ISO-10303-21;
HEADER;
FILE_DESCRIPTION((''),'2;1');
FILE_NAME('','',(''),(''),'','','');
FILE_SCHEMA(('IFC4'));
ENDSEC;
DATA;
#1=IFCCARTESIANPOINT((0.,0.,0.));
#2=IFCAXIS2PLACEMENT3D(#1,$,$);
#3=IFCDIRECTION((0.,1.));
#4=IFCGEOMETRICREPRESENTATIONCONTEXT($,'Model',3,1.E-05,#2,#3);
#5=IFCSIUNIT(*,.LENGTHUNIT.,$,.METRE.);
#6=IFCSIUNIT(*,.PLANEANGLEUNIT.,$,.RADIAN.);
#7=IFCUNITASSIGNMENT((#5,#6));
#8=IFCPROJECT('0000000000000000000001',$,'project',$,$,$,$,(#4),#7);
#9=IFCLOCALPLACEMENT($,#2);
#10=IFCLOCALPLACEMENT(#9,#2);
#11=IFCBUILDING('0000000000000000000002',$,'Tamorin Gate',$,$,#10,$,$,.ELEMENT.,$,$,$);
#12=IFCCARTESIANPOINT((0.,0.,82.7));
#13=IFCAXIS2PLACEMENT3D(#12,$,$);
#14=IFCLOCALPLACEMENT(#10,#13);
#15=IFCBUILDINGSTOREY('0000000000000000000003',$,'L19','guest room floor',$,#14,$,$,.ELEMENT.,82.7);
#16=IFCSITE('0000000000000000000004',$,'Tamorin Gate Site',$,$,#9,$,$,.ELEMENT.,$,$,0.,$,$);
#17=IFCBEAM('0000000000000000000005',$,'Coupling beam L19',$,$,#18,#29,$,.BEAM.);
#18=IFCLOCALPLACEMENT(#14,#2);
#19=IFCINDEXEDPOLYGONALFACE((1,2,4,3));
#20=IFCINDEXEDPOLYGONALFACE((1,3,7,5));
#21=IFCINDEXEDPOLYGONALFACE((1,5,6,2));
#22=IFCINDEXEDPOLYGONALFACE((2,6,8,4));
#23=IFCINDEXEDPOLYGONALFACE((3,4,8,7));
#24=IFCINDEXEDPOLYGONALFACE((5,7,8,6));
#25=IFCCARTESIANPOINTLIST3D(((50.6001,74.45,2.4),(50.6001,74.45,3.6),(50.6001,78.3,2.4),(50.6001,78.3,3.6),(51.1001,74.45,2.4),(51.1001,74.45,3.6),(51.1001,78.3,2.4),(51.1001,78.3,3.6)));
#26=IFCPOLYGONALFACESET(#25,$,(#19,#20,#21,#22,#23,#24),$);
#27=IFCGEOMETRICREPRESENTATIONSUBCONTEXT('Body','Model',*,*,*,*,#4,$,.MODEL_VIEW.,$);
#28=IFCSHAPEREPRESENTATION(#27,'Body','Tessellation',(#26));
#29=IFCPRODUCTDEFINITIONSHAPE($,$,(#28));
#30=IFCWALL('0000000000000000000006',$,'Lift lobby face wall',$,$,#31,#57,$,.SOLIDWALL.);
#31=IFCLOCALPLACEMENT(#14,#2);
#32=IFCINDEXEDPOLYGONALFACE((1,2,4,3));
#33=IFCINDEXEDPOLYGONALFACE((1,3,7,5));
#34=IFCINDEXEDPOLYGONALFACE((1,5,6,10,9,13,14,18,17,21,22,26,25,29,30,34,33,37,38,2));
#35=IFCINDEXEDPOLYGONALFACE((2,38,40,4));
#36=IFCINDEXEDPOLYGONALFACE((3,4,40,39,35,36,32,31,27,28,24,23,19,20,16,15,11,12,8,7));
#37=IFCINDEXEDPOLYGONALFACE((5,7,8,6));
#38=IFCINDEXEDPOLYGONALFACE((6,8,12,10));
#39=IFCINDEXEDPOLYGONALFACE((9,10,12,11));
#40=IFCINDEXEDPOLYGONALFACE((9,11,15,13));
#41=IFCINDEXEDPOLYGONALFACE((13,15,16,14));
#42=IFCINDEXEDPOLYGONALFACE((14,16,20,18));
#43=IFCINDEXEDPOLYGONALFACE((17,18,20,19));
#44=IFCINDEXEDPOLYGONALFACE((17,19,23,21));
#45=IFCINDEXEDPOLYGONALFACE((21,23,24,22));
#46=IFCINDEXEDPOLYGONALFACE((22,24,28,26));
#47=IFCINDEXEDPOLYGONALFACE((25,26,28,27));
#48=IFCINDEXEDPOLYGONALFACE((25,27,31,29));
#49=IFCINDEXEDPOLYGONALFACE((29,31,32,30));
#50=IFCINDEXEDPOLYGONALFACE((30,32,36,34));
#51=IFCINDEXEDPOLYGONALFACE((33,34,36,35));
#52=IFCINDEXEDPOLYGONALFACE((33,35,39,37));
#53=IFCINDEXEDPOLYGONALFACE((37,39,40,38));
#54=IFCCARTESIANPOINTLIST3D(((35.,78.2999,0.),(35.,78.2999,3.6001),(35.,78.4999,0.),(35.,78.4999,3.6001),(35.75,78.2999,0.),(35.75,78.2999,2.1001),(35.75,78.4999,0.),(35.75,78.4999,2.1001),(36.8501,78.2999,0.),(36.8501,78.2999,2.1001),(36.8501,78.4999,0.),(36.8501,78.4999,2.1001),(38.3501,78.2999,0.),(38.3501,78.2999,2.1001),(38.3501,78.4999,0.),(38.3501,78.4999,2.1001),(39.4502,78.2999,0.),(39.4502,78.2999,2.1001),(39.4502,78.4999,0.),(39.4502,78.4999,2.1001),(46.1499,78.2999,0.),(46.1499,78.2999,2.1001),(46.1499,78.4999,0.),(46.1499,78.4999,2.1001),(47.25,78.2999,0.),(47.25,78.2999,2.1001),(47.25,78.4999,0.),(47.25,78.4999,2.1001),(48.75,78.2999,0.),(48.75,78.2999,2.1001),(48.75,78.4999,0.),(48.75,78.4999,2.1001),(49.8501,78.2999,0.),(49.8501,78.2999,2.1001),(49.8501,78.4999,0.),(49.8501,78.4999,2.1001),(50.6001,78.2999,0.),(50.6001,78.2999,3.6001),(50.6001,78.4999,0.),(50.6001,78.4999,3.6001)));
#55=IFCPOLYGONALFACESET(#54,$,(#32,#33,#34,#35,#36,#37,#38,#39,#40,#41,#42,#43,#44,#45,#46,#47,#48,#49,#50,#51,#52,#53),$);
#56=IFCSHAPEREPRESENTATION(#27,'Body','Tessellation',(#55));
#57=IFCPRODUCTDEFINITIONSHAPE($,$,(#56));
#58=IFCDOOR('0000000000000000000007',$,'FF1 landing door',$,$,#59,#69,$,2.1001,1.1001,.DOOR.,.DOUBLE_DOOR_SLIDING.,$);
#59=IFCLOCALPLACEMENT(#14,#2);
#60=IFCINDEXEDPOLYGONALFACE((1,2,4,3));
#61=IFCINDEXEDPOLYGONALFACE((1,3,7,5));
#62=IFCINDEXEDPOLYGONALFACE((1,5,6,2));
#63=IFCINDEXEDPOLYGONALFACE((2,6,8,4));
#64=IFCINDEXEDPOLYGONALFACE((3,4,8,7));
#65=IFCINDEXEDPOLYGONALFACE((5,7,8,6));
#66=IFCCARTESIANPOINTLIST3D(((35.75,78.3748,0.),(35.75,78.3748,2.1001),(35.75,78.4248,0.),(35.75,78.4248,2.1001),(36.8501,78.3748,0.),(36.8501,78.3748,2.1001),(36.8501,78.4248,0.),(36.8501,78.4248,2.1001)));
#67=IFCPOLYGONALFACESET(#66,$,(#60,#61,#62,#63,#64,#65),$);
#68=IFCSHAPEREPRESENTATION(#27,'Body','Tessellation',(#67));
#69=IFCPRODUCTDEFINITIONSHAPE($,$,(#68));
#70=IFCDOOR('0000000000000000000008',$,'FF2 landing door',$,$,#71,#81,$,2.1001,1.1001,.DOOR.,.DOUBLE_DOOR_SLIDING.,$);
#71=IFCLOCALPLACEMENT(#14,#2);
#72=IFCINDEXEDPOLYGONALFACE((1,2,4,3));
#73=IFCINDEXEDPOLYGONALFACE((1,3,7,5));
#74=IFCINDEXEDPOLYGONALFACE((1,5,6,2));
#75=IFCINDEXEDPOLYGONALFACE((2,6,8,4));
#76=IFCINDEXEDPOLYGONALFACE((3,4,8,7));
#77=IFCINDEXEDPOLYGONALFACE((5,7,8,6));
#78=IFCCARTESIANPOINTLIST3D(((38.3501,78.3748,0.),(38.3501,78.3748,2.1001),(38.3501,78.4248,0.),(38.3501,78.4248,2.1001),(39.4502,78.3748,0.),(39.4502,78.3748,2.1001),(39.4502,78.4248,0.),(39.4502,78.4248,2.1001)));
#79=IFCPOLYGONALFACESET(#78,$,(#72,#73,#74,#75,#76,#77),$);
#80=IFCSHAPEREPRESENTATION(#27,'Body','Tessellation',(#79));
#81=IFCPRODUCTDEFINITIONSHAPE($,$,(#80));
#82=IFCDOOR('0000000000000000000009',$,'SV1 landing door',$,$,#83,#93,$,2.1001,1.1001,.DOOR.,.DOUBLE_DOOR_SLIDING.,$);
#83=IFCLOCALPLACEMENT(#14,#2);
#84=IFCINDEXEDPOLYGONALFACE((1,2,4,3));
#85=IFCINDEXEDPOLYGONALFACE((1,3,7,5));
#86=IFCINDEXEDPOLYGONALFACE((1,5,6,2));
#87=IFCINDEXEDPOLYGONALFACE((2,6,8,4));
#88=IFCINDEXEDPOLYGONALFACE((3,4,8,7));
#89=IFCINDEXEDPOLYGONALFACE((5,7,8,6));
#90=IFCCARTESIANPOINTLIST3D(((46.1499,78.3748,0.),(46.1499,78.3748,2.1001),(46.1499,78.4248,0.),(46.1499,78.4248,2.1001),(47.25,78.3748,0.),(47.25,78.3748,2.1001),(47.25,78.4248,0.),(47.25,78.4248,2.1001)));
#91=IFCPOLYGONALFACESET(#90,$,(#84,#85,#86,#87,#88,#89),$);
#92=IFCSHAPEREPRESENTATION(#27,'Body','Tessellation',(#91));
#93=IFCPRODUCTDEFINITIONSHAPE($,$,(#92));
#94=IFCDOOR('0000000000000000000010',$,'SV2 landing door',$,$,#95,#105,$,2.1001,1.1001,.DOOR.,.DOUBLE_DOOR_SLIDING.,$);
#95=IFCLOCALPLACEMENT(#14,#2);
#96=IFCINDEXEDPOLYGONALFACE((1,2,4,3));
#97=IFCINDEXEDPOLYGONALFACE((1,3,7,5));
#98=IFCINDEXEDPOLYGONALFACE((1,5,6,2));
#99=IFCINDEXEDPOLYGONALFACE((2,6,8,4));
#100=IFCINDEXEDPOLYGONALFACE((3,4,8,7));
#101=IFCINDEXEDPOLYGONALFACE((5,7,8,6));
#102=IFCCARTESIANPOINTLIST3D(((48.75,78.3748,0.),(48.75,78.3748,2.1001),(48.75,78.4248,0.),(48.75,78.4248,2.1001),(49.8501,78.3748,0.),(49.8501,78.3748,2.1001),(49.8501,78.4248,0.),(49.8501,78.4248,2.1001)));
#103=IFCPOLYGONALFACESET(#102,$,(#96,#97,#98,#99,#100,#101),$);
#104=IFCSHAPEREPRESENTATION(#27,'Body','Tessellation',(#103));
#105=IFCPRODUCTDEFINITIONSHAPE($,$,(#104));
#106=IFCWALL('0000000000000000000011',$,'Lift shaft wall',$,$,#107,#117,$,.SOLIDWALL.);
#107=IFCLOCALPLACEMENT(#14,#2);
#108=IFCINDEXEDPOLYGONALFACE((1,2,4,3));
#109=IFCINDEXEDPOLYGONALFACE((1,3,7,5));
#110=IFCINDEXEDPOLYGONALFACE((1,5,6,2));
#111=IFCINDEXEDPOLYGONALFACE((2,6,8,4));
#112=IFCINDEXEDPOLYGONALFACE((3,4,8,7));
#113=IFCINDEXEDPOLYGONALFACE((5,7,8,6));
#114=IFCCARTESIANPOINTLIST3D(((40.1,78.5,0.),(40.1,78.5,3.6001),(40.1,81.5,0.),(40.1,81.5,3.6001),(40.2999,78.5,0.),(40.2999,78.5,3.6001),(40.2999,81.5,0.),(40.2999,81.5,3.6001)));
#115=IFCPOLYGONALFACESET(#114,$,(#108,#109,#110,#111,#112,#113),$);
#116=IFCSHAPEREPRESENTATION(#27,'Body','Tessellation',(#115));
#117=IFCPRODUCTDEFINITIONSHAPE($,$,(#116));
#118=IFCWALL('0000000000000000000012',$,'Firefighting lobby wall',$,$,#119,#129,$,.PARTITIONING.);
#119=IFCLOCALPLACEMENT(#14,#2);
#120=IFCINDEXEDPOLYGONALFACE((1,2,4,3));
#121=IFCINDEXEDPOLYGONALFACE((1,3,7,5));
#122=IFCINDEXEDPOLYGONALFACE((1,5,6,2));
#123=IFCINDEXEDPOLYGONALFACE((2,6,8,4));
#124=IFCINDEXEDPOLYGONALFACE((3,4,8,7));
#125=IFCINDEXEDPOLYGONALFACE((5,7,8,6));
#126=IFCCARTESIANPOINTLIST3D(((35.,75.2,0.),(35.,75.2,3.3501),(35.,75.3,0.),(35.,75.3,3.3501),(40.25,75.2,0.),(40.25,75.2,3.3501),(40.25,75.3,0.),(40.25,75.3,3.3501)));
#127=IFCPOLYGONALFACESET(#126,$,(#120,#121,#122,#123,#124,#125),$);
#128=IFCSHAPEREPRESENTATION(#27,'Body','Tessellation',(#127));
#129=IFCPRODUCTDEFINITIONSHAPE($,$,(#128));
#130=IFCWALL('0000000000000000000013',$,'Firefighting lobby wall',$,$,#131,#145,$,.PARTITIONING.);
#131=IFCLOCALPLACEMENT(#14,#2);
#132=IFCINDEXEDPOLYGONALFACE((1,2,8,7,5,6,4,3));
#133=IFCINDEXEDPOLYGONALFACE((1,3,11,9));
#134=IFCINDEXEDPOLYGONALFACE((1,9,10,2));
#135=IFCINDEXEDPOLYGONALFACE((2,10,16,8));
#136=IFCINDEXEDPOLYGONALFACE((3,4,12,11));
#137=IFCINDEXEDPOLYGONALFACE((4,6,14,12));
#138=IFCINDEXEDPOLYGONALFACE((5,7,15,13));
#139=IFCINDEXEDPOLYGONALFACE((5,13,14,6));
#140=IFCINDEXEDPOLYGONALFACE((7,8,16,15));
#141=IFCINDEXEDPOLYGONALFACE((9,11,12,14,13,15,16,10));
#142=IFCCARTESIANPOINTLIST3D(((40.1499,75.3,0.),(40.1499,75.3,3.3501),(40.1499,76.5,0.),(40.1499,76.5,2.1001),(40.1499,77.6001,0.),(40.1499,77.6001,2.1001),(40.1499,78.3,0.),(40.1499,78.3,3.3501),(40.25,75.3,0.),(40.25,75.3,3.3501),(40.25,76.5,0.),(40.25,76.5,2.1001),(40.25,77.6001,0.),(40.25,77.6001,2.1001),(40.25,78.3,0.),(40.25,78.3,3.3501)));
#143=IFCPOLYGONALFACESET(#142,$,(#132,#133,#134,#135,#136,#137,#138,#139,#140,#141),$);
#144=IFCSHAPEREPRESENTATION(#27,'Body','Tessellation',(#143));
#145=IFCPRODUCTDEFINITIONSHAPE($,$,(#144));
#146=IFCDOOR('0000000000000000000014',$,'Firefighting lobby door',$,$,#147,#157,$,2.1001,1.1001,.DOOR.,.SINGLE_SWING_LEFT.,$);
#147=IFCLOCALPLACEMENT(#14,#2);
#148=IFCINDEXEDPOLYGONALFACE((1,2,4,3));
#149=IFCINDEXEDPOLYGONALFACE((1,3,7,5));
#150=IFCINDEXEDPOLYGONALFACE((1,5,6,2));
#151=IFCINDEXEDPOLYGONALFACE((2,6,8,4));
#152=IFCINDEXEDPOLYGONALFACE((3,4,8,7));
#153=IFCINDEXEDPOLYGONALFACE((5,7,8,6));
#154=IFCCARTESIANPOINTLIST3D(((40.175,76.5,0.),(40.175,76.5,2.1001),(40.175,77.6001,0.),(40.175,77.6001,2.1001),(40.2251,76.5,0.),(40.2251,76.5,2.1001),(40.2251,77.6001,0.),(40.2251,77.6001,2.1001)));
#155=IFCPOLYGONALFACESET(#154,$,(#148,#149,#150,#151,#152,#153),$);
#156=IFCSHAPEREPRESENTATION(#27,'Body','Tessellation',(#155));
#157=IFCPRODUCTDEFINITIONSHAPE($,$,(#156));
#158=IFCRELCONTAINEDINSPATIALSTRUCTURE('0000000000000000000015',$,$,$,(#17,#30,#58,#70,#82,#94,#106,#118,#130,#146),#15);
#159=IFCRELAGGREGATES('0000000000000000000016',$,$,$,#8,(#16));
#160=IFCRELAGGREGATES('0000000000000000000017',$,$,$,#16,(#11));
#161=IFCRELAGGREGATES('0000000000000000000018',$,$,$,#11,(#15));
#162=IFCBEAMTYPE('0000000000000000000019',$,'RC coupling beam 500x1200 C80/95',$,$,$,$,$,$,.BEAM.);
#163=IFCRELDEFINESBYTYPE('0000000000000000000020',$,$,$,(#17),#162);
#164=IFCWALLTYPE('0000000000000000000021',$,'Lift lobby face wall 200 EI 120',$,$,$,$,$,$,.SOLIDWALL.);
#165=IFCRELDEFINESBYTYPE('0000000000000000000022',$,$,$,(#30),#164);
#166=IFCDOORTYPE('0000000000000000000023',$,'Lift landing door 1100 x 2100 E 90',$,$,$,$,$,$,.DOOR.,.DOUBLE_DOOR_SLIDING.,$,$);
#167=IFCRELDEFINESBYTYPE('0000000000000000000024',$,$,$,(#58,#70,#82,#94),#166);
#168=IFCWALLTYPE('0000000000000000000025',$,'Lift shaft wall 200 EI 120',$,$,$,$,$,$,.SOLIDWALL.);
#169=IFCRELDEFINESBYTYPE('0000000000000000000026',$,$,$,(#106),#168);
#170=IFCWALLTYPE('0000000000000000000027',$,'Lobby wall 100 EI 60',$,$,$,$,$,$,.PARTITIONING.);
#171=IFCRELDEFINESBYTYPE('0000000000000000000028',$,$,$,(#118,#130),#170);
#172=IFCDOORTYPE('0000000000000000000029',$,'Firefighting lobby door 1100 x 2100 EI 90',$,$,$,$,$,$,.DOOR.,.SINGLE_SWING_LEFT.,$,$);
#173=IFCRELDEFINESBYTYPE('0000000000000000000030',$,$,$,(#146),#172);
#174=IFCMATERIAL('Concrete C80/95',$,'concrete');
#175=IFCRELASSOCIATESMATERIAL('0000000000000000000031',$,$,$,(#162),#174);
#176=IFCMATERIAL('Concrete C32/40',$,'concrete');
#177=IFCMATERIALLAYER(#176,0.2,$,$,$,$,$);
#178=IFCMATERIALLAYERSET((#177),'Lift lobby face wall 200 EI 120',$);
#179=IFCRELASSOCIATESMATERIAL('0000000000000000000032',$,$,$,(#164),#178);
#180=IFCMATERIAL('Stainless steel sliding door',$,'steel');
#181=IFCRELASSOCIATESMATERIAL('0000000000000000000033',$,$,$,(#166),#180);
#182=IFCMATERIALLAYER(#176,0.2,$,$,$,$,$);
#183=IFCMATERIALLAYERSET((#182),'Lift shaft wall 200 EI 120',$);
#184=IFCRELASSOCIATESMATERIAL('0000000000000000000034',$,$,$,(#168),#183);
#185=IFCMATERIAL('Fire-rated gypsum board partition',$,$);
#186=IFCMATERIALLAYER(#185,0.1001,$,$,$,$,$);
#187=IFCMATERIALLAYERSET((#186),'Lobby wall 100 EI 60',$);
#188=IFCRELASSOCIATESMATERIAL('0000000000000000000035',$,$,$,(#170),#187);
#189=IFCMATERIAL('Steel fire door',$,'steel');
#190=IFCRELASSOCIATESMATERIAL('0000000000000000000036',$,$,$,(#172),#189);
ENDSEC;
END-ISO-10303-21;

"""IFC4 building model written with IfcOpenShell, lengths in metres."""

from ifc_helpers import new_model, si_unit, direction, frame, frame_2d, origin, origin_2d, place, context, subcontext, project, spatial, rectangle, extrude, material, layer, layer_set, material_profile, profile_set, type_object, element, fill, save


model = new_model("IFC4")

# Units and contexts
model_context = context("Model", 3, precision=1e-05, world=origin(), true_north=direction((0.0, 1.0)))
body_context = subcontext(model_context, "Body", "Model", "MODEL_VIEW")
ifc_project = project(units=[si_unit("LENGTHUNIT", "METRE"), si_unit("PLANEANGLEUNIT", "RADIAN")], contexts=[model_context])

# Site, building, storey
site_placement = place(None, origin())
site = spatial("IfcSite", under=ifc_project, at=site_placement, Name="Tamorin Gate Site", CompositionType="ELEMENT", RefElevation=0.0)
building_placement = place(site_placement, origin())
building = spatial("IfcBuilding", under=site, at=building_placement, Name="Tamorin Gate", CompositionType="ELEMENT")
storey_placement = place(building_placement, frame((0.0, 0.0, 82.7)))
storey = spatial("IfcBuildingStorey", under=building, at=storey_placement, Name="L19", Description="guest room floor", CompositionType="ELEMENT", Elevation=82.7)

# Beam
ifc_material_1 = material(Name="Concrete C80/95", Category="concrete")
ifc_material_profile = material_profile(ifc_material_1, rectangle(XDim=0.5, YDim=1.2, at=origin_2d()), Name="RC 500x1200")
ifc_profile_set = profile_set([ifc_material_profile], Name="Concrete C80/95")
beam_type = type_object("IfcBeamType", Name="RC coupling beam 500x1200 C80/95", PredefinedType="BEAM", material=ifc_profile_set)
beam_placement = place(storey_placement, frame((50.8501, 74.45, 3.0), z_axis=(0.0, 1.0, 0.0), x_axis=(-1.0, 0.0, 0.0)))
element("IfcBeam", 1, at=beam_placement, inside=storey, type_object=beam_type, Name="Coupling beam L19", PredefinedType="BEAM", context=body_context, shape_type="SweptSolid", body=[
    extrude(rectangle(XDim=0.5, YDim=1.2, at=origin_2d()), origin(), (0.0, 0.0, 1.0), 3.8501),
])

# Wall, openings, doors
ifc_material_2 = material(Name="Concrete C32/40", Category="concrete")
ifc_layer_1 = layer(ifc_material_2, 0.2)
ifc_layer_set_1 = layer_set([ifc_layer_1], Name="Lift lobby face wall 200 EI 120")
wall_type_1 = type_object("IfcWallType", Name="Lift lobby face wall 200 EI 120", PredefinedType="SOLIDWALL", material=ifc_layer_set_1)
wall_1_placement = place(storey_placement, frame((35.0, 78.3999, 0.0), z_axis=(0.0, 0.0, 1.0), x_axis=(1.0, 0.0, 0.0)))
wall_1 = element("IfcWall", 2, at=wall_1_placement, inside=storey, type_object=wall_type_1, Name="Lift lobby face wall", PredefinedType="SOLIDWALL", context=body_context, shape_type="SweptSolid", body=[
    extrude(rectangle(XDim=15.6001, YDim=0.2, at=frame_2d((7.8, 0.0))), origin(), (0.0, 0.0, 1.0), 3.6001),
])
opening_1_placement = place(wall_1_placement, frame((0.75, 0.0, 0.0)))
opening_1 = element("IfcOpeningElement", 3, at=opening_1_placement, cuts=wall_1, PredefinedType="OPENING", context=body_context, shape_type="SweptSolid", body=[
    extrude(rectangle(XDim=1.1001, YDim=2.1001, at=frame_2d((0.55, 1.05))), frame((0.0, 0.1099, 0.0), z_axis=(0.0, -1.0, 0.0), x_axis=(1.0, 0.0, 0.0)), (0.0, 0.0, 1.0), 0.22),
])
opening_2_placement = place(wall_1_placement, frame((3.3501, 0.0, 0.0)))
opening_2 = element("IfcOpeningElement", 4, at=opening_2_placement, cuts=wall_1, PredefinedType="OPENING", context=body_context, shape_type="SweptSolid", body=[
    extrude(rectangle(XDim=1.1001, YDim=2.1001, at=frame_2d((0.55, 1.05))), frame((0.0, 0.1099, 0.0), z_axis=(0.0, -1.0, 0.0), x_axis=(1.0, 0.0, 0.0)), (0.0, 0.0, 1.0), 0.22),
])
opening_3_placement = place(wall_1_placement, frame((11.1499, 0.0, 0.0)))
opening_3 = element("IfcOpeningElement", 5, at=opening_3_placement, cuts=wall_1, PredefinedType="OPENING", context=body_context, shape_type="SweptSolid", body=[
    extrude(rectangle(XDim=1.1001, YDim=2.1001, at=frame_2d((0.55, 1.05))), frame((0.0, 0.1099, 0.0), z_axis=(0.0, -1.0, 0.0), x_axis=(1.0, 0.0, 0.0)), (0.0, 0.0, 1.0), 0.22),
])
opening_4_placement = place(wall_1_placement, frame((13.75, 0.0, 0.0)))
opening_4 = element("IfcOpeningElement", 6, at=opening_4_placement, cuts=wall_1, PredefinedType="OPENING", context=body_context, shape_type="SweptSolid", body=[
    extrude(rectangle(XDim=1.1001, YDim=2.1001, at=frame_2d((0.55, 1.05))), frame((0.0, 0.1099, 0.0), z_axis=(0.0, -1.0, 0.0), x_axis=(1.0, 0.0, 0.0)), (0.0, 0.0, 1.0), 0.22),
])
ifc_material_3 = material(Name="Stainless steel sliding door", Category="steel")
door_type_1 = type_object("IfcDoorType", Name="Lift landing door 1100 x 2100 E 90", OperationType="DOUBLE_DOOR_SLIDING", PredefinedType="DOOR", material=ifc_material_3)
door_1_placement = place(opening_1_placement, origin())
door_1 = element("IfcDoor", 7, at=door_1_placement, inside=storey, type_object=door_type_1, Name="FF1 landing door", OperationType="DOUBLE_DOOR_SLIDING", OverallHeight=2.1001, OverallWidth=1.1001, PredefinedType="DOOR", context=body_context, shape_type="SweptSolid", body=[
    extrude(rectangle(XDim=1.1001, YDim=2.1001, at=frame_2d((0.55, 1.05))), frame((0.0, 0.0249, 0.0), z_axis=(0.0, -1.0, 0.0), x_axis=(1.0, 0.0, 0.0)), (0.0, 0.0, 1.0), 0.05),
])
fill(opening_1, door_1)
door_2_placement = place(opening_2_placement, origin())
door_2 = element("IfcDoor", 8, at=door_2_placement, inside=storey, type_object=door_type_1, Name="FF2 landing door", OperationType="DOUBLE_DOOR_SLIDING", OverallHeight=2.1001, OverallWidth=1.1001, PredefinedType="DOOR", context=body_context, shape_type="SweptSolid", body=[
    extrude(rectangle(XDim=1.1001, YDim=2.1001, at=frame_2d((0.55, 1.05))), frame((0.0, 0.0249, 0.0), z_axis=(0.0, -1.0, 0.0), x_axis=(1.0, 0.0, 0.0)), (0.0, 0.0, 1.0), 0.05),
])
fill(opening_2, door_2)
door_3_placement = place(opening_3_placement, origin())
door_3 = element("IfcDoor", 9, at=door_3_placement, inside=storey, type_object=door_type_1, Name="SV1 landing door", OperationType="DOUBLE_DOOR_SLIDING", OverallHeight=2.1001, OverallWidth=1.1001, PredefinedType="DOOR", context=body_context, shape_type="SweptSolid", body=[
    extrude(rectangle(XDim=1.1001, YDim=2.1001, at=frame_2d((0.55, 1.05))), frame((0.0, 0.0249, 0.0), z_axis=(0.0, -1.0, 0.0), x_axis=(1.0, 0.0, 0.0)), (0.0, 0.0, 1.0), 0.05),
])
fill(opening_3, door_3)
door_4_placement = place(opening_4_placement, origin())
door_4 = element("IfcDoor", 10, at=door_4_placement, inside=storey, type_object=door_type_1, Name="SV2 landing door", OperationType="DOUBLE_DOOR_SLIDING", OverallHeight=2.1001, OverallWidth=1.1001, PredefinedType="DOOR", context=body_context, shape_type="SweptSolid", body=[
    extrude(rectangle(XDim=1.1001, YDim=2.1001, at=frame_2d((0.55, 1.05))), frame((0.0, 0.0249, 0.0), z_axis=(0.0, -1.0, 0.0), x_axis=(1.0, 0.0, 0.0)), (0.0, 0.0, 1.0), 0.05),
])
fill(opening_4, door_4)

# Walls
ifc_layer_2 = layer(ifc_material_2, 0.2)
ifc_layer_set_2 = layer_set([ifc_layer_2], Name="Lift shaft wall 200 EI 120")
wall_type_2 = type_object("IfcWallType", Name="Lift shaft wall 200 EI 120", PredefinedType="SOLIDWALL", material=ifc_layer_set_2)
wall_2_placement = place(storey_placement, frame((40.2, 78.5, 0.0), z_axis=(0.0, 0.0, 1.0), x_axis=(0.0, 1.0, 0.0)))
element("IfcWall", 11, at=wall_2_placement, inside=storey, type_object=wall_type_2, Name="Lift shaft wall", PredefinedType="SOLIDWALL", context=body_context, shape_type="SweptSolid", body=[
    extrude(rectangle(XDim=3.0, YDim=0.2, at=frame_2d((1.5, 0.0))), origin(), (0.0, 0.0, 1.0), 3.6001),
])
ifc_material_4 = material(Name="Fire-rated gypsum board partition")
ifc_layer_3 = layer(ifc_material_4, 0.1001)
ifc_layer_set_3 = layer_set([ifc_layer_3], Name="Lobby wall 100 EI 60")
wall_type_3 = type_object("IfcWallType", Name="Lobby wall 100 EI 60", PredefinedType="PARTITIONING", material=ifc_layer_set_3)
wall_3_placement = place(storey_placement, frame((35.0, 75.25, 0.0), z_axis=(0.0, 0.0, 1.0), x_axis=(1.0, 0.0, 0.0)))
element("IfcWall", 12, at=wall_3_placement, inside=storey, type_object=wall_type_3, Name="Firefighting lobby wall", PredefinedType="PARTITIONING", context=body_context, shape_type="SweptSolid", body=[
    extrude(rectangle(XDim=5.25, YDim=0.1001, at=frame_2d((2.625, 0.0))), origin(), (0.0, 0.0, 1.0), 3.3501),
])

# Wall, opening, door
wall_4_placement = place(storey_placement, frame((40.2, 75.3, 0.0), z_axis=(0.0, 0.0, 1.0), x_axis=(0.0, 1.0, 0.0)))
wall_4 = element("IfcWall", 13, at=wall_4_placement, inside=storey, type_object=wall_type_3, Name="Firefighting lobby wall", PredefinedType="PARTITIONING", context=body_context, shape_type="SweptSolid", body=[
    extrude(rectangle(XDim=3.0, YDim=0.1001, at=frame_2d((1.5, 0.0))), origin(), (0.0, 0.0, 1.0), 3.3501),
])
opening_5_placement = place(wall_4_placement, frame((1.2, 0.0, 0.0)))
opening_5 = element("IfcOpeningElement", 14, at=opening_5_placement, cuts=wall_4, PredefinedType="OPENING", context=body_context, shape_type="SweptSolid", body=[
    extrude(rectangle(XDim=1.1001, YDim=2.1001, at=frame_2d((0.55, 1.05))), frame((0.0, 0.0601, 0.0), z_axis=(0.0, -1.0, 0.0), x_axis=(1.0, 0.0, 0.0)), (0.0, 0.0, 1.0), 0.1201),
])
ifc_material_5 = material(Name="Steel fire door", Category="steel")
door_type_2 = type_object("IfcDoorType", Name="Firefighting lobby door 1100 x 2100 EI 90", OperationType="SINGLE_SWING_LEFT", PredefinedType="DOOR", material=ifc_material_5)
door_5_placement = place(opening_5_placement, origin())
door_5 = element("IfcDoor", 15, at=door_5_placement, inside=storey, type_object=door_type_2, Name="Firefighting lobby door", OperationType="SINGLE_SWING_LEFT", OverallHeight=2.1001, OverallWidth=1.1001, PredefinedType="DOOR", context=body_context, shape_type="SweptSolid", body=[
    extrude(rectangle(XDim=1.1001, YDim=2.1001, at=frame_2d((0.55, 1.05))), frame((0.0, 0.0249, 0.0), z_axis=(0.0, -1.0, 0.0), x_axis=(1.0, 0.0, 0.0)), (0.0, 0.0, 1.0), 0.05),
])
fill(opening_5, door_5)

save(model, "model.ifc")
